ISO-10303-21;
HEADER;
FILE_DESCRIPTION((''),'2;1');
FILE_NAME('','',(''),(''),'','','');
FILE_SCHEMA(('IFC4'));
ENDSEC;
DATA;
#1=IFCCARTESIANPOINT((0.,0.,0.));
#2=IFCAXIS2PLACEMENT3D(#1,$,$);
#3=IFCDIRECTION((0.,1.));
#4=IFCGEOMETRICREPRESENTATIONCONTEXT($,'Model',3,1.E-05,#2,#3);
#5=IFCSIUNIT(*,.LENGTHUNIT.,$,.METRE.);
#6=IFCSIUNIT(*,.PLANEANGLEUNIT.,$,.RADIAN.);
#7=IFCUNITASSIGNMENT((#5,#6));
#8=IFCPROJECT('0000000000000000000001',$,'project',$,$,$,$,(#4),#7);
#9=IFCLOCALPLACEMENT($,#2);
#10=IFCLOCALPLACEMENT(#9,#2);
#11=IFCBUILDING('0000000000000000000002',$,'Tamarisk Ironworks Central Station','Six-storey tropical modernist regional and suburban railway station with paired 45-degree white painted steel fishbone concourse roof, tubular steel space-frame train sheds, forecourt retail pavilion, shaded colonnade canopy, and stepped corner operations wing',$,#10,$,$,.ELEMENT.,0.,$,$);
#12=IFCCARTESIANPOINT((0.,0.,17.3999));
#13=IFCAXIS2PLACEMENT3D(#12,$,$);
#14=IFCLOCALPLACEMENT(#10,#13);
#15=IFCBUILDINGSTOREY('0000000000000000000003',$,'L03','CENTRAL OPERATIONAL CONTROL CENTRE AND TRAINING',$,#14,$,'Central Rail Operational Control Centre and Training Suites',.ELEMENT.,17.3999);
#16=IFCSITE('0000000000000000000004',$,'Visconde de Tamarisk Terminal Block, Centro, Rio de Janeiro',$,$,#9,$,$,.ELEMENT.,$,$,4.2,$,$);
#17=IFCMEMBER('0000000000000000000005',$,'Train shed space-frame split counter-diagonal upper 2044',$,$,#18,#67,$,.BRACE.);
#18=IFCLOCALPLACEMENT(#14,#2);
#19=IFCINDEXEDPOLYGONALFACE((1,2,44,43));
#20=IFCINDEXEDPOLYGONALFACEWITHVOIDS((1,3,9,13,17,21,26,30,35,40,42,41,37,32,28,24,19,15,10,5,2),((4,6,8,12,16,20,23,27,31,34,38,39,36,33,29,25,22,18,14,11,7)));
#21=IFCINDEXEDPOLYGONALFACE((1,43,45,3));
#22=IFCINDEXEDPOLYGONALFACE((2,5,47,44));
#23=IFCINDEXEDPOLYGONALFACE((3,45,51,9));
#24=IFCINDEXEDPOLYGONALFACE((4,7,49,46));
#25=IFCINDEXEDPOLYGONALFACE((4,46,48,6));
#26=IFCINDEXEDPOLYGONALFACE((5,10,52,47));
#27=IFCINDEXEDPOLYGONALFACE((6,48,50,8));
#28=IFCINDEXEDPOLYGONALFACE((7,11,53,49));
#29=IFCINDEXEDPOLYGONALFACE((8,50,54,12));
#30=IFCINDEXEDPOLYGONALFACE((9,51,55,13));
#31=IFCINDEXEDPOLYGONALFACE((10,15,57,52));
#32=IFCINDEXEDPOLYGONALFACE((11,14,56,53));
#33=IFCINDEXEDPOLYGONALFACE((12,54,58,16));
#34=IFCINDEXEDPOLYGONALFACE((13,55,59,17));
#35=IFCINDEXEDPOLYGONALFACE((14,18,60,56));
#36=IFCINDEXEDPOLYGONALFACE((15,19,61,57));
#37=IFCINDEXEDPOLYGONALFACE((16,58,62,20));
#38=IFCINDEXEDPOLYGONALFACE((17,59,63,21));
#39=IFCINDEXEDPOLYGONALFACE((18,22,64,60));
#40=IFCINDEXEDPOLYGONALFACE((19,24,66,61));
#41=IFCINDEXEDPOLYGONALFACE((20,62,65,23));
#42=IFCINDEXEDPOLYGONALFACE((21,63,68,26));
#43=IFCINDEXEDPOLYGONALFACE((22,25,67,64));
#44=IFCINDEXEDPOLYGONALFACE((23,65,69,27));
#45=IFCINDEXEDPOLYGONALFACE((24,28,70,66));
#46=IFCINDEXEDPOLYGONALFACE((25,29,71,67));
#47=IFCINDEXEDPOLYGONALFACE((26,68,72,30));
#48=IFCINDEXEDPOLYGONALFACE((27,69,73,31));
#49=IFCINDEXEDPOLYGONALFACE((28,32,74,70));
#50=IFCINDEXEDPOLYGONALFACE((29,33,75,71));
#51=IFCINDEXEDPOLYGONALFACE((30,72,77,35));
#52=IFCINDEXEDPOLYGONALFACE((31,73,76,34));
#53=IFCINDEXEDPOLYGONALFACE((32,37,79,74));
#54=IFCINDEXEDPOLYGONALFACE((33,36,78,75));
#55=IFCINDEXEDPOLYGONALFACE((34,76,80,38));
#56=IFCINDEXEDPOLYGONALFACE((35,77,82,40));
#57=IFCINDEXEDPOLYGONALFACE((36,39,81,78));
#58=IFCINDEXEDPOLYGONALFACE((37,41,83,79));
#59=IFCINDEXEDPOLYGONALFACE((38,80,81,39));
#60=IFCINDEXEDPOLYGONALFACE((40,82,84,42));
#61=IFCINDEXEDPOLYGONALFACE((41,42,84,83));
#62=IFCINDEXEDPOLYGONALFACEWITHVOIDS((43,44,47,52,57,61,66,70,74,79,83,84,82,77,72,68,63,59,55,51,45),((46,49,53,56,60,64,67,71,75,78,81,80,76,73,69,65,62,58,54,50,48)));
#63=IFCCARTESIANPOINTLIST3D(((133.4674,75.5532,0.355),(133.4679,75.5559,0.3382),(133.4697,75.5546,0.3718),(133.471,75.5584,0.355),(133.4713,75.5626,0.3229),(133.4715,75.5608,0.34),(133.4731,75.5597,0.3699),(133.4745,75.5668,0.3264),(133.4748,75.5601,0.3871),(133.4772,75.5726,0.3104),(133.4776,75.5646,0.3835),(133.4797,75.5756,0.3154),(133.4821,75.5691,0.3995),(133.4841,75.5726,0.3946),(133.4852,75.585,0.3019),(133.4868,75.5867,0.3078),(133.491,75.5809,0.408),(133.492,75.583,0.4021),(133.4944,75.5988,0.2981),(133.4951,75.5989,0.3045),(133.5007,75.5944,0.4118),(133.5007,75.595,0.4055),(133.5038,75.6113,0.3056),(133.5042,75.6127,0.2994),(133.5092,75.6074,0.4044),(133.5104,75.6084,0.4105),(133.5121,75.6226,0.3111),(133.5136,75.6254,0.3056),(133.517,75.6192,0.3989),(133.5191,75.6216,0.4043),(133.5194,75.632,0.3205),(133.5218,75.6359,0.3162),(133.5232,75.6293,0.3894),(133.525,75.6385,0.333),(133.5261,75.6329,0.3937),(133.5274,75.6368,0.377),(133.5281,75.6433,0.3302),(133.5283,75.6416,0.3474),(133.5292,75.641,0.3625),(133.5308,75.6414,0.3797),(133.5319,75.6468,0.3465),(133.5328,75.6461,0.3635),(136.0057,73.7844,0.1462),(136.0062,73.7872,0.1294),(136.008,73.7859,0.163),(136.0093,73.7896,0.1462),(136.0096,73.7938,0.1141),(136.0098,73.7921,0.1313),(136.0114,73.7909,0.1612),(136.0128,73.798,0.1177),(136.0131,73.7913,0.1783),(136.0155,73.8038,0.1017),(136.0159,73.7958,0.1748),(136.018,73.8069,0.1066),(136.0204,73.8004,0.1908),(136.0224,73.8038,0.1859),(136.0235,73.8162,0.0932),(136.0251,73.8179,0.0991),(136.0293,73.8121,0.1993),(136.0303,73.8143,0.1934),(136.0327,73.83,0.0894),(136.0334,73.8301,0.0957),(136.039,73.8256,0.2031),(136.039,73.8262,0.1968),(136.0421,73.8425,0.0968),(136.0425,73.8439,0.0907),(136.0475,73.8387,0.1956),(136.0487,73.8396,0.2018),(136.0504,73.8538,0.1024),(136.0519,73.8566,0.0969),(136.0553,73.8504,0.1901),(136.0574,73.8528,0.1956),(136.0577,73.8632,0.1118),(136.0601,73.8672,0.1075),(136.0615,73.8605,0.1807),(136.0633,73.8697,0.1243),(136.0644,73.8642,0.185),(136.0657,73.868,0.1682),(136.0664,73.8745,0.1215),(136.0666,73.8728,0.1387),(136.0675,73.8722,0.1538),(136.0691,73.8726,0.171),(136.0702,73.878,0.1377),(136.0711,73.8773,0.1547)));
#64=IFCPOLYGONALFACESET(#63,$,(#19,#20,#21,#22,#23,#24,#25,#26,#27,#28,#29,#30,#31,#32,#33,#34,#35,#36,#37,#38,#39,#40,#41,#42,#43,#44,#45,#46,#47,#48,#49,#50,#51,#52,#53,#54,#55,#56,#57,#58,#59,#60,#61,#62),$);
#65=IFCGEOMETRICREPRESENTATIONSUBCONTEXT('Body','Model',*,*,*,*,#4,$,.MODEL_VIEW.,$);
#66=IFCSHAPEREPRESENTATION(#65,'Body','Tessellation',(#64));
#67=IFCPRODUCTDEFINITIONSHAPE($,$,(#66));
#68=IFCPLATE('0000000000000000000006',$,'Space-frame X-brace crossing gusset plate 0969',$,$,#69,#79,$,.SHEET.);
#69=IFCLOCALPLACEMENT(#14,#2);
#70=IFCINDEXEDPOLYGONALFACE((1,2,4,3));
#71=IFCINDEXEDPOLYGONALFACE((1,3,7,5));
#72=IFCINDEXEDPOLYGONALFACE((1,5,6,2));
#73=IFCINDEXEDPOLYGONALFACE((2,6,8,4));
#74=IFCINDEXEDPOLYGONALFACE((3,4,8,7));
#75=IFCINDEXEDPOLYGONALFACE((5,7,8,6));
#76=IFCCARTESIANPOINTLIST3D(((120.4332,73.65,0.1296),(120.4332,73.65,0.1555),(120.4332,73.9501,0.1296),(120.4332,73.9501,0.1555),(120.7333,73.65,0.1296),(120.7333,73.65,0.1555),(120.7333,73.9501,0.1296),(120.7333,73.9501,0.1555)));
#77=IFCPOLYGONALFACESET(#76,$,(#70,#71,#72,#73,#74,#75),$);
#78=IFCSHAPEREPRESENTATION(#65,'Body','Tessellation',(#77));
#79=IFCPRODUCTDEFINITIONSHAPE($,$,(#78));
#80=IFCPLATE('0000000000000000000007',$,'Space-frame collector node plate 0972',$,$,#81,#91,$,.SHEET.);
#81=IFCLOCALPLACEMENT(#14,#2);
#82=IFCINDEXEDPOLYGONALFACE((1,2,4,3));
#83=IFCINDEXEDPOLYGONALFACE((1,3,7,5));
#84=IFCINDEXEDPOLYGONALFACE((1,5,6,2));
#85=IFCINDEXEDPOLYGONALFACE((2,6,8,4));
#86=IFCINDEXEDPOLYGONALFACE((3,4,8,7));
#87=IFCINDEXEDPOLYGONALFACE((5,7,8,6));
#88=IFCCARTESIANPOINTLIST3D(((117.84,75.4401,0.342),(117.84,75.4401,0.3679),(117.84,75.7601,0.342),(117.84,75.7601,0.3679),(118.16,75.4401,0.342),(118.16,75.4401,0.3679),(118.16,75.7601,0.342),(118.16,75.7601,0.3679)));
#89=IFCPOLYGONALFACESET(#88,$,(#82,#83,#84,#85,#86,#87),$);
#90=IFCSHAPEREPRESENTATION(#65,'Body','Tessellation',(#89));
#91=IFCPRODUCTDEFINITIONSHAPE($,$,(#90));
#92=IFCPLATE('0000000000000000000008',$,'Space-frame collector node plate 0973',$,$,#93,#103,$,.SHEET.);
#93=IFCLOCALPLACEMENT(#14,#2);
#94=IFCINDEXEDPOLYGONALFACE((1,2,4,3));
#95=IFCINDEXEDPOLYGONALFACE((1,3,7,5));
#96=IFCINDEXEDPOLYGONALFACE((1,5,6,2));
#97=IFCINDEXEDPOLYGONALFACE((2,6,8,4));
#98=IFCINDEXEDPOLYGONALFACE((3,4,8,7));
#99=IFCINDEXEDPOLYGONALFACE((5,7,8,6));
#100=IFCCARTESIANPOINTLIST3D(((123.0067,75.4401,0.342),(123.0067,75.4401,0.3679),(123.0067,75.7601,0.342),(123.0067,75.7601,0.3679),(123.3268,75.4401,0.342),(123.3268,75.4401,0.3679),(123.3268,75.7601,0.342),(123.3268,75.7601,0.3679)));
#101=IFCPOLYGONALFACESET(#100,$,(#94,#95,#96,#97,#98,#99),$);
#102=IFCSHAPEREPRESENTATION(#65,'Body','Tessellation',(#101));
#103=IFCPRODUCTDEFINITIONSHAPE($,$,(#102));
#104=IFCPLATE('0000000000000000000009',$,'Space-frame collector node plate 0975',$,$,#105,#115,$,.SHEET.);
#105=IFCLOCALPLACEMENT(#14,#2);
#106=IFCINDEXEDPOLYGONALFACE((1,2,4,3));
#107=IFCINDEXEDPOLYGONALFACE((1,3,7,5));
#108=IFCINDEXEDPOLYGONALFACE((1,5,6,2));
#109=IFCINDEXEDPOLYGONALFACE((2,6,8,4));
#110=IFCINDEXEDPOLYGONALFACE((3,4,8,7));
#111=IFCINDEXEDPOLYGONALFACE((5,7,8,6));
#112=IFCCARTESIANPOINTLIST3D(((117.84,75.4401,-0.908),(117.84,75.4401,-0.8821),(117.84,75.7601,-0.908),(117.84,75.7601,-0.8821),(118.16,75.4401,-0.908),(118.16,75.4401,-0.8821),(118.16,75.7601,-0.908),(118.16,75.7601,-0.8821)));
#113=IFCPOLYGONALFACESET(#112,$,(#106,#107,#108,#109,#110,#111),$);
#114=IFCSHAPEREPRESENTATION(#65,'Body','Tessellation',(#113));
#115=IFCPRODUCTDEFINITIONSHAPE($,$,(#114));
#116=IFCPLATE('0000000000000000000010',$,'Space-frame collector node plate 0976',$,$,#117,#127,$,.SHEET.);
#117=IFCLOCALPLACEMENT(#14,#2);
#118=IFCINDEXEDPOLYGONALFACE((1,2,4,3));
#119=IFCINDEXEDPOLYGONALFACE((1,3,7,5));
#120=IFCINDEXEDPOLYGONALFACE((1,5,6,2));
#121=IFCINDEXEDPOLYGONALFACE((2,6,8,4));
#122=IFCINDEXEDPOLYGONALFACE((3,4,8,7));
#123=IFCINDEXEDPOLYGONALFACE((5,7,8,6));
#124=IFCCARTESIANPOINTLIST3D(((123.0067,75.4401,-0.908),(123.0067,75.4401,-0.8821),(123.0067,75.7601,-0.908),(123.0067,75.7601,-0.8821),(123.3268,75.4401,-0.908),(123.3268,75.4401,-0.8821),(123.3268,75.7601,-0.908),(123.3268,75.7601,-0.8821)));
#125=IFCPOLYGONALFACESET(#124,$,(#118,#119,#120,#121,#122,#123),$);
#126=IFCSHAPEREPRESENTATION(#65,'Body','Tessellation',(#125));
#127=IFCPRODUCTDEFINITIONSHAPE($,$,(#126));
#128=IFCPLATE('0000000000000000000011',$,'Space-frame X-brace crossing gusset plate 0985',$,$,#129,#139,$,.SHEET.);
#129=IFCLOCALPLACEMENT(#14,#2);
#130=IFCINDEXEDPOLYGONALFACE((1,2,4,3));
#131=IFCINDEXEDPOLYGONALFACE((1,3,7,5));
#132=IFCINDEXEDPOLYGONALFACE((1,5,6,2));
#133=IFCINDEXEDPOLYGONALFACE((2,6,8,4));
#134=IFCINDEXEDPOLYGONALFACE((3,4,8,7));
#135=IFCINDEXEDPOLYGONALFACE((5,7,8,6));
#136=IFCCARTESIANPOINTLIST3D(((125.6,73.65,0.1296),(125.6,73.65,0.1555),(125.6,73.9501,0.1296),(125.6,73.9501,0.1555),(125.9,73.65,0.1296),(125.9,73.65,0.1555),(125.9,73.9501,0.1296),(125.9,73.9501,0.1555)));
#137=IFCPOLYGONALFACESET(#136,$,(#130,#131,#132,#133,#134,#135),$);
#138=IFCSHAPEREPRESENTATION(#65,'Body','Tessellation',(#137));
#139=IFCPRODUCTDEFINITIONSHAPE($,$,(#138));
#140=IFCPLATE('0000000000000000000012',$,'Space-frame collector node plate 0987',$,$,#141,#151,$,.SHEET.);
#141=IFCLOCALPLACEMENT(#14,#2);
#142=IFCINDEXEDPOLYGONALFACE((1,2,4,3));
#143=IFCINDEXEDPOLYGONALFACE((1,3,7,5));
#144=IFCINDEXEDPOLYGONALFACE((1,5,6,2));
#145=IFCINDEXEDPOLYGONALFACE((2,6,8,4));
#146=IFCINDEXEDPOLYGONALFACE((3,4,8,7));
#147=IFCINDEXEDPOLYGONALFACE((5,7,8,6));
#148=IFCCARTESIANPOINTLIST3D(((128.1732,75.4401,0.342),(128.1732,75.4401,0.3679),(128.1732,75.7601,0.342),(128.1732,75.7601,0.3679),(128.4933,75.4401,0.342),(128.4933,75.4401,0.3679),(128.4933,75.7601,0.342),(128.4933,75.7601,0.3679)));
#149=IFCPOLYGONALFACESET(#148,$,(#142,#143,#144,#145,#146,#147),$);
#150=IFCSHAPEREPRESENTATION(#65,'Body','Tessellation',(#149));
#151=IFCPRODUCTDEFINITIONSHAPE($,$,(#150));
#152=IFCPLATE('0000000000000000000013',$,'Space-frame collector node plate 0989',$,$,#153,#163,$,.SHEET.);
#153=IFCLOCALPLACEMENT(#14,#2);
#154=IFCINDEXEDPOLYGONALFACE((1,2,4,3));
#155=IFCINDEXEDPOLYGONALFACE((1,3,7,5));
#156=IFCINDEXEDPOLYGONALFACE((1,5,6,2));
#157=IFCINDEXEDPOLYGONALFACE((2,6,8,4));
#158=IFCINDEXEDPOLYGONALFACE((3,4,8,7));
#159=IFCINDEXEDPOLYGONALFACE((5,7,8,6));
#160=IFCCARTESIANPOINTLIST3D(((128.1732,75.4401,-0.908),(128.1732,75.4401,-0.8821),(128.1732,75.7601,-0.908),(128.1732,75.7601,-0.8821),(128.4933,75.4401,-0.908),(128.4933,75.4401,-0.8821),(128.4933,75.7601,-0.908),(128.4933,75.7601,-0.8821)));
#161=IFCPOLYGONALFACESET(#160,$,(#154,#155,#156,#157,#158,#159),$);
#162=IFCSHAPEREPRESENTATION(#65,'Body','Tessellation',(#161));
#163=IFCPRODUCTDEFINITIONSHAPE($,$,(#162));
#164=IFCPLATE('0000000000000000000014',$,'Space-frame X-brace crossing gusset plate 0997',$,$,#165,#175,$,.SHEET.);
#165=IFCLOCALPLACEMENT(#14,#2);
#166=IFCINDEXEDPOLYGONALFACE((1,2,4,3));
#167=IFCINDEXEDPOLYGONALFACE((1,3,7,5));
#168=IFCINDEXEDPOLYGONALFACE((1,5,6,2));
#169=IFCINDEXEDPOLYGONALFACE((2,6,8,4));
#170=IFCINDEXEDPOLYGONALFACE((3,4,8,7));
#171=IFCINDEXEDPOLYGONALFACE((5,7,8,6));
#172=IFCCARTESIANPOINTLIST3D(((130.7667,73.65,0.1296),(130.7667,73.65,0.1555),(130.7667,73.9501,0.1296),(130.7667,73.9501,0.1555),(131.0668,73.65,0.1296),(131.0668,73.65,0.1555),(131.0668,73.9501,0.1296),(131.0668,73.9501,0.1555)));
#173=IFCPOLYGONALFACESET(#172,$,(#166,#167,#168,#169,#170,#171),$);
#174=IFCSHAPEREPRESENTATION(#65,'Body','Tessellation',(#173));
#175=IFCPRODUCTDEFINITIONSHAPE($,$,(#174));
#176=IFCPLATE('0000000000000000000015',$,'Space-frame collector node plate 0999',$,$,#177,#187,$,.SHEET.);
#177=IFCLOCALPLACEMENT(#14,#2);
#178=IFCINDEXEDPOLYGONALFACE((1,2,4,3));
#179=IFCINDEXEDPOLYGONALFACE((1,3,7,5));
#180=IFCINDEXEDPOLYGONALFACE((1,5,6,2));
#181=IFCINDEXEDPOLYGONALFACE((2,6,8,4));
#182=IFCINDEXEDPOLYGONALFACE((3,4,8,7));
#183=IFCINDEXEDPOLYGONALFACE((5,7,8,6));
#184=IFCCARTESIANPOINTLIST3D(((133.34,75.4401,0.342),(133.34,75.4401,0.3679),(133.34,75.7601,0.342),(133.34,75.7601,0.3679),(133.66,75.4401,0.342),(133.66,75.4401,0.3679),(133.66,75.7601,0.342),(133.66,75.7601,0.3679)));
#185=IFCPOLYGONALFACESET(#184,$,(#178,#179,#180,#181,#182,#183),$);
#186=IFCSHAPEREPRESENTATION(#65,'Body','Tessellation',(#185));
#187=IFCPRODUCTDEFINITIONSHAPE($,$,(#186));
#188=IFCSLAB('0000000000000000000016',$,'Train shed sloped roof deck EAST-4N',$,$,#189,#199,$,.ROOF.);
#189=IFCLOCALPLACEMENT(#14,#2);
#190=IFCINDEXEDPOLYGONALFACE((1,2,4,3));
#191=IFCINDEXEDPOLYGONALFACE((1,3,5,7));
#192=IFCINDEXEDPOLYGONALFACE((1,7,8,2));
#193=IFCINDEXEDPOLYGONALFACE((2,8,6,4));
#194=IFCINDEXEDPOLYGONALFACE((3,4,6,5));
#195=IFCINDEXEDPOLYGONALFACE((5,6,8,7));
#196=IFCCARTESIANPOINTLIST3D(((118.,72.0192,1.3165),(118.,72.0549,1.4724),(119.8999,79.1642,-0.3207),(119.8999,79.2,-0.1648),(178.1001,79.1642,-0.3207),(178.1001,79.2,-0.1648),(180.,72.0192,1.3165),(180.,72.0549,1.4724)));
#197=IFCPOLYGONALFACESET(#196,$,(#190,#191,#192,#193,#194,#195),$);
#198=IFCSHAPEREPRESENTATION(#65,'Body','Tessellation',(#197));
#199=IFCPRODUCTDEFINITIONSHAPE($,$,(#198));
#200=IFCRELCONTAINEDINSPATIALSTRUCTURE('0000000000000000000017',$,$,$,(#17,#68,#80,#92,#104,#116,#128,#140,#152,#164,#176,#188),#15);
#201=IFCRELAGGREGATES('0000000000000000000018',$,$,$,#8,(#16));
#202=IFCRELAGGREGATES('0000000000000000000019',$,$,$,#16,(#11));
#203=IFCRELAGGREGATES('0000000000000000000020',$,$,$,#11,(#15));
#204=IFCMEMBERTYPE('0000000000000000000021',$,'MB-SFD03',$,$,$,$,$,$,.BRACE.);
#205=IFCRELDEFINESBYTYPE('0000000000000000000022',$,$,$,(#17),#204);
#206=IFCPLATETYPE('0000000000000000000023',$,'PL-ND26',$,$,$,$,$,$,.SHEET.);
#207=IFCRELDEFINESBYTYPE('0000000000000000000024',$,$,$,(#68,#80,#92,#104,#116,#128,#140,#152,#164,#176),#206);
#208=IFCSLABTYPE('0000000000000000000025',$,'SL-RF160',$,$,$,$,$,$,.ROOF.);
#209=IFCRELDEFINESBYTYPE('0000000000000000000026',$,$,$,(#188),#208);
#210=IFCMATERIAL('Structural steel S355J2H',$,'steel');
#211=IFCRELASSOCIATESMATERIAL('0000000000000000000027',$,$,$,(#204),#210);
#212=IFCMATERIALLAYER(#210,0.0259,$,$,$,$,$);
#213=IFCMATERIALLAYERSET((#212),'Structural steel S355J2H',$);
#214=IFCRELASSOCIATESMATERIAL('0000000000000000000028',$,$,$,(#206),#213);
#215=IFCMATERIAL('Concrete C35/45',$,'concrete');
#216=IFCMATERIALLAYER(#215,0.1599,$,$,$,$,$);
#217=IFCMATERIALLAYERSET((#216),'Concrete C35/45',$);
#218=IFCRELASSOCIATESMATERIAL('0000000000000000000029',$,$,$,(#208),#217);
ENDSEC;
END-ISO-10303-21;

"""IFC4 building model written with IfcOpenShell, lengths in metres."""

from ifc_helpers import new_model, si_unit, direction, frame, origin, origin_2d, place, context, subcontext, project, spatial, polyline, rectangle, hollow_circle, outline, extrude, material, layer, layer_set, material_profile, profile_set, type_object, element, save


model = new_model("IFC4")

# Units and contexts
model_context = context("Model", 3, precision=1e-05, world=origin(), true_north=direction((0.0, 1.0)))
body_context = subcontext(model_context, "Body", "Model", "MODEL_VIEW")
ifc_project = project(units=[si_unit("LENGTHUNIT", "METRE"), si_unit("PLANEANGLEUNIT", "RADIAN")], contexts=[model_context])

# Site, building, storey
site_placement = place(None, origin())
site = spatial("IfcSite", under=ifc_project, at=site_placement, Name="Visconde de Tamarisk Terminal Block, Centro, Rio de Janeiro", CompositionType="ELEMENT", RefElevation=4.2)
building_placement = place(site_placement, origin())
building = spatial("IfcBuilding", under=site, at=building_placement, Name="Tamarisk Ironworks Central Station", Description="Six-storey tropical modernist regional and suburban railway station with paired 45-degree white painted steel fishbone concourse roof, tubular steel space-frame train sheds, forecourt retail pavilion, shaded colonnade canopy, and stepped corner operations wing", CompositionType="ELEMENT", ElevationOfRefHeight=0.0)
storey_placement = place(building_placement, frame((0.0, 0.0, 17.3999)))
storey = spatial("IfcBuildingStorey", under=building, at=storey_placement, Name="L03", Description="CENTRAL OPERATIONAL CONTROL CENTRE AND TRAINING", LongName="Central Rail Operational Control Centre and Training Suites", CompositionType="ELEMENT", Elevation=17.3999)

# Member
ifc_material_1 = material(Name="Structural steel S355J2H", Category="steel")
ifc_material_profile_1 = material_profile(ifc_material_1, hollow_circle(Radius=0.0571, WallThickness=0.0063, at=origin_2d()), Name="CHS 114.3x6.3")
ifc_profile_set_1 = profile_set([ifc_material_profile_1], Name="Structural steel S355J2H")
member_type_1 = type_object("IfcMemberType", Name="MB-SFD03", PredefinedType="BRACE", material=ifc_profile_set_1)
for number, where, z_axis, x_axis, name in (
    (1, (136.0383, 73.8313, 0.1462), (-0.818589, 0.570422, 0.067317), (-0.571719, -0.82045, 0.0), "Train shed space-frame split counter-diagonal upper 2044"),
):
    element("IfcMember", number, at=place(storey_placement, frame(where, z_axis=z_axis, x_axis=x_axis)), inside=storey, type_object=member_type_1, Name=name, PredefinedType="BRACE", context=body_context, shape_type="SweptSolid", body=[
        extrude(hollow_circle(Radius=0.0571, WallThickness=0.0063, at=origin_2d()), origin(), (0.0, 0.0, 1.0), 3.1008),
    ])

# Plates
ifc_layer_1 = layer(ifc_material_1, 0.0259)
ifc_layer_set_1 = layer_set([ifc_layer_1], Name="Structural steel S355J2H")
plate_type = type_object("IfcPlateType", Name="PL-ND26", PredefinedType="SHEET", material=ifc_layer_set_1)
plate_1_placement = place(storey_placement, frame((120.5833, 73.8, 0.1296), z_axis=(0.0, 0.0, 1.0), x_axis=(1.0, 0.0, 0.0)))
element("IfcPlate", 2, at=plate_1_placement, inside=storey, type_object=plate_type, Name="Space-frame X-brace crossing gusset plate 0969", PredefinedType="SHEET", context=body_context, shape_type="SweptSolid", body=[
    extrude(rectangle(XDim=0.3, YDim=0.3, at=origin_2d()), origin(), (0.0, 0.0, 1.0), 0.0259),
])
for number, where, z_axis, x_axis, name in (
    (3, (118.0, 75.6001, 0.342), (0.0, 0.0, 1.0), (1.0, 0.0, 0.0), "Space-frame collector node plate 0972"),
    (4, (123.1667, 75.6001, 0.342), (0.0, 0.0, 1.0), (1.0, 0.0, 0.0), "Space-frame collector node plate 0973"),
    (5, (118.0, 75.6001, -0.908), (0.0, 0.0, 1.0), (1.0, 0.0, 0.0), "Space-frame collector node plate 0975"),
    (6, (123.1667, 75.6001, -0.908), (0.0, 0.0, 1.0), (1.0, 0.0, 0.0), "Space-frame collector node plate 0976"),
):
    element("IfcPlate", number, at=place(storey_placement, frame(where, z_axis=z_axis, x_axis=x_axis)), inside=storey, type_object=plate_type, Name=name, PredefinedType="SHEET", context=body_context, shape_type="SweptSolid", body=[
        extrude(rectangle(XDim=0.3201, YDim=0.3201, at=origin_2d()), origin(), (0.0, 0.0, 1.0), 0.0259),
    ])
plate_2_placement = place(storey_placement, frame((125.75, 73.8, 0.1296), z_axis=(0.0, 0.0, 1.0), x_axis=(1.0, 0.0, 0.0)))
element("IfcPlate", 7, at=plate_2_placement, inside=storey, type_object=plate_type, Name="Space-frame X-brace crossing gusset plate 0985", PredefinedType="SHEET", context=body_context, shape_type="SweptSolid", body=[
    extrude(rectangle(XDim=0.3, YDim=0.3, at=origin_2d()), origin(), (0.0, 0.0, 1.0), 0.0259),
])
for number, where, z_axis, x_axis, name in (
    (8, (128.3333, 75.6001, 0.342), (0.0, 0.0, 1.0), (1.0, 0.0, 0.0), "Space-frame collector node plate 0987"),
    (9, (128.3333, 75.6001, -0.908), (0.0, 0.0, 1.0), (1.0, 0.0, 0.0), "Space-frame collector node plate 0989"),
):
    element("IfcPlate", number, at=place(storey_placement, frame(where, z_axis=z_axis, x_axis=x_axis)), inside=storey, type_object=plate_type, Name=name, PredefinedType="SHEET", context=body_context, shape_type="SweptSolid", body=[
        extrude(rectangle(XDim=0.3201, YDim=0.3201, at=origin_2d()), origin(), (0.0, 0.0, 1.0), 0.0259),
    ])
plate_3_placement = place(storey_placement, frame((130.9167, 73.8, 0.1296), z_axis=(0.0, 0.0, 1.0), x_axis=(1.0, 0.0, 0.0)))
element("IfcPlate", 10, at=plate_3_placement, inside=storey, type_object=plate_type, Name="Space-frame X-brace crossing gusset plate 0997", PredefinedType="SHEET", context=body_context, shape_type="SweptSolid", body=[
    extrude(rectangle(XDim=0.3, YDim=0.3, at=origin_2d()), origin(), (0.0, 0.0, 1.0), 0.0259),
])
plate_4_placement = place(storey_placement, frame((133.5, 75.6001, 0.342), z_axis=(0.0, 0.0, 1.0), x_axis=(1.0, 0.0, 0.0)))
element("IfcPlate", 11, at=plate_4_placement, inside=storey, type_object=plate_type, Name="Space-frame collector node plate 0999", PredefinedType="SHEET", context=body_context, shape_type="SweptSolid", body=[
    extrude(rectangle(XDim=0.3201, YDim=0.3201, at=origin_2d()), origin(), (0.0, 0.0, 1.0), 0.0259),
])

# Slab
ifc_material_2 = material(Name="Concrete C35/45", Category="concrete")
ifc_layer_2 = layer(ifc_material_2, 0.1599)
ifc_layer_set_2 = layer_set([ifc_layer_2], Name="Concrete C35/45")
slab_type = type_object("IfcSlabType", Name="SL-RF160", PredefinedType="ROOF", material=ifc_layer_set_2)
slab_placement = place(storey_placement, frame((118.0, 72.0549, 1.4724), z_axis=(0.0, 0.223351, 0.974738), x_axis=(1.0, 0.0, 0.0)))
element("IfcSlab", 12, at=slab_placement, inside=storey, type_object=slab_type, Name="Train shed sloped roof deck EAST-4N", PredefinedType="ROOF", context=body_context, shape_type="SweptSolid", body=[
    extrude(outline(polyline([(0.0, 0.0), (62.0, 0.0), (60.1001, 7.3302), (1.8999, 7.3302), (0.0, 0.0)])), origin(), (0.0, 0.0, -1.0), 0.1599),
])

save(model, "model.ifc")
